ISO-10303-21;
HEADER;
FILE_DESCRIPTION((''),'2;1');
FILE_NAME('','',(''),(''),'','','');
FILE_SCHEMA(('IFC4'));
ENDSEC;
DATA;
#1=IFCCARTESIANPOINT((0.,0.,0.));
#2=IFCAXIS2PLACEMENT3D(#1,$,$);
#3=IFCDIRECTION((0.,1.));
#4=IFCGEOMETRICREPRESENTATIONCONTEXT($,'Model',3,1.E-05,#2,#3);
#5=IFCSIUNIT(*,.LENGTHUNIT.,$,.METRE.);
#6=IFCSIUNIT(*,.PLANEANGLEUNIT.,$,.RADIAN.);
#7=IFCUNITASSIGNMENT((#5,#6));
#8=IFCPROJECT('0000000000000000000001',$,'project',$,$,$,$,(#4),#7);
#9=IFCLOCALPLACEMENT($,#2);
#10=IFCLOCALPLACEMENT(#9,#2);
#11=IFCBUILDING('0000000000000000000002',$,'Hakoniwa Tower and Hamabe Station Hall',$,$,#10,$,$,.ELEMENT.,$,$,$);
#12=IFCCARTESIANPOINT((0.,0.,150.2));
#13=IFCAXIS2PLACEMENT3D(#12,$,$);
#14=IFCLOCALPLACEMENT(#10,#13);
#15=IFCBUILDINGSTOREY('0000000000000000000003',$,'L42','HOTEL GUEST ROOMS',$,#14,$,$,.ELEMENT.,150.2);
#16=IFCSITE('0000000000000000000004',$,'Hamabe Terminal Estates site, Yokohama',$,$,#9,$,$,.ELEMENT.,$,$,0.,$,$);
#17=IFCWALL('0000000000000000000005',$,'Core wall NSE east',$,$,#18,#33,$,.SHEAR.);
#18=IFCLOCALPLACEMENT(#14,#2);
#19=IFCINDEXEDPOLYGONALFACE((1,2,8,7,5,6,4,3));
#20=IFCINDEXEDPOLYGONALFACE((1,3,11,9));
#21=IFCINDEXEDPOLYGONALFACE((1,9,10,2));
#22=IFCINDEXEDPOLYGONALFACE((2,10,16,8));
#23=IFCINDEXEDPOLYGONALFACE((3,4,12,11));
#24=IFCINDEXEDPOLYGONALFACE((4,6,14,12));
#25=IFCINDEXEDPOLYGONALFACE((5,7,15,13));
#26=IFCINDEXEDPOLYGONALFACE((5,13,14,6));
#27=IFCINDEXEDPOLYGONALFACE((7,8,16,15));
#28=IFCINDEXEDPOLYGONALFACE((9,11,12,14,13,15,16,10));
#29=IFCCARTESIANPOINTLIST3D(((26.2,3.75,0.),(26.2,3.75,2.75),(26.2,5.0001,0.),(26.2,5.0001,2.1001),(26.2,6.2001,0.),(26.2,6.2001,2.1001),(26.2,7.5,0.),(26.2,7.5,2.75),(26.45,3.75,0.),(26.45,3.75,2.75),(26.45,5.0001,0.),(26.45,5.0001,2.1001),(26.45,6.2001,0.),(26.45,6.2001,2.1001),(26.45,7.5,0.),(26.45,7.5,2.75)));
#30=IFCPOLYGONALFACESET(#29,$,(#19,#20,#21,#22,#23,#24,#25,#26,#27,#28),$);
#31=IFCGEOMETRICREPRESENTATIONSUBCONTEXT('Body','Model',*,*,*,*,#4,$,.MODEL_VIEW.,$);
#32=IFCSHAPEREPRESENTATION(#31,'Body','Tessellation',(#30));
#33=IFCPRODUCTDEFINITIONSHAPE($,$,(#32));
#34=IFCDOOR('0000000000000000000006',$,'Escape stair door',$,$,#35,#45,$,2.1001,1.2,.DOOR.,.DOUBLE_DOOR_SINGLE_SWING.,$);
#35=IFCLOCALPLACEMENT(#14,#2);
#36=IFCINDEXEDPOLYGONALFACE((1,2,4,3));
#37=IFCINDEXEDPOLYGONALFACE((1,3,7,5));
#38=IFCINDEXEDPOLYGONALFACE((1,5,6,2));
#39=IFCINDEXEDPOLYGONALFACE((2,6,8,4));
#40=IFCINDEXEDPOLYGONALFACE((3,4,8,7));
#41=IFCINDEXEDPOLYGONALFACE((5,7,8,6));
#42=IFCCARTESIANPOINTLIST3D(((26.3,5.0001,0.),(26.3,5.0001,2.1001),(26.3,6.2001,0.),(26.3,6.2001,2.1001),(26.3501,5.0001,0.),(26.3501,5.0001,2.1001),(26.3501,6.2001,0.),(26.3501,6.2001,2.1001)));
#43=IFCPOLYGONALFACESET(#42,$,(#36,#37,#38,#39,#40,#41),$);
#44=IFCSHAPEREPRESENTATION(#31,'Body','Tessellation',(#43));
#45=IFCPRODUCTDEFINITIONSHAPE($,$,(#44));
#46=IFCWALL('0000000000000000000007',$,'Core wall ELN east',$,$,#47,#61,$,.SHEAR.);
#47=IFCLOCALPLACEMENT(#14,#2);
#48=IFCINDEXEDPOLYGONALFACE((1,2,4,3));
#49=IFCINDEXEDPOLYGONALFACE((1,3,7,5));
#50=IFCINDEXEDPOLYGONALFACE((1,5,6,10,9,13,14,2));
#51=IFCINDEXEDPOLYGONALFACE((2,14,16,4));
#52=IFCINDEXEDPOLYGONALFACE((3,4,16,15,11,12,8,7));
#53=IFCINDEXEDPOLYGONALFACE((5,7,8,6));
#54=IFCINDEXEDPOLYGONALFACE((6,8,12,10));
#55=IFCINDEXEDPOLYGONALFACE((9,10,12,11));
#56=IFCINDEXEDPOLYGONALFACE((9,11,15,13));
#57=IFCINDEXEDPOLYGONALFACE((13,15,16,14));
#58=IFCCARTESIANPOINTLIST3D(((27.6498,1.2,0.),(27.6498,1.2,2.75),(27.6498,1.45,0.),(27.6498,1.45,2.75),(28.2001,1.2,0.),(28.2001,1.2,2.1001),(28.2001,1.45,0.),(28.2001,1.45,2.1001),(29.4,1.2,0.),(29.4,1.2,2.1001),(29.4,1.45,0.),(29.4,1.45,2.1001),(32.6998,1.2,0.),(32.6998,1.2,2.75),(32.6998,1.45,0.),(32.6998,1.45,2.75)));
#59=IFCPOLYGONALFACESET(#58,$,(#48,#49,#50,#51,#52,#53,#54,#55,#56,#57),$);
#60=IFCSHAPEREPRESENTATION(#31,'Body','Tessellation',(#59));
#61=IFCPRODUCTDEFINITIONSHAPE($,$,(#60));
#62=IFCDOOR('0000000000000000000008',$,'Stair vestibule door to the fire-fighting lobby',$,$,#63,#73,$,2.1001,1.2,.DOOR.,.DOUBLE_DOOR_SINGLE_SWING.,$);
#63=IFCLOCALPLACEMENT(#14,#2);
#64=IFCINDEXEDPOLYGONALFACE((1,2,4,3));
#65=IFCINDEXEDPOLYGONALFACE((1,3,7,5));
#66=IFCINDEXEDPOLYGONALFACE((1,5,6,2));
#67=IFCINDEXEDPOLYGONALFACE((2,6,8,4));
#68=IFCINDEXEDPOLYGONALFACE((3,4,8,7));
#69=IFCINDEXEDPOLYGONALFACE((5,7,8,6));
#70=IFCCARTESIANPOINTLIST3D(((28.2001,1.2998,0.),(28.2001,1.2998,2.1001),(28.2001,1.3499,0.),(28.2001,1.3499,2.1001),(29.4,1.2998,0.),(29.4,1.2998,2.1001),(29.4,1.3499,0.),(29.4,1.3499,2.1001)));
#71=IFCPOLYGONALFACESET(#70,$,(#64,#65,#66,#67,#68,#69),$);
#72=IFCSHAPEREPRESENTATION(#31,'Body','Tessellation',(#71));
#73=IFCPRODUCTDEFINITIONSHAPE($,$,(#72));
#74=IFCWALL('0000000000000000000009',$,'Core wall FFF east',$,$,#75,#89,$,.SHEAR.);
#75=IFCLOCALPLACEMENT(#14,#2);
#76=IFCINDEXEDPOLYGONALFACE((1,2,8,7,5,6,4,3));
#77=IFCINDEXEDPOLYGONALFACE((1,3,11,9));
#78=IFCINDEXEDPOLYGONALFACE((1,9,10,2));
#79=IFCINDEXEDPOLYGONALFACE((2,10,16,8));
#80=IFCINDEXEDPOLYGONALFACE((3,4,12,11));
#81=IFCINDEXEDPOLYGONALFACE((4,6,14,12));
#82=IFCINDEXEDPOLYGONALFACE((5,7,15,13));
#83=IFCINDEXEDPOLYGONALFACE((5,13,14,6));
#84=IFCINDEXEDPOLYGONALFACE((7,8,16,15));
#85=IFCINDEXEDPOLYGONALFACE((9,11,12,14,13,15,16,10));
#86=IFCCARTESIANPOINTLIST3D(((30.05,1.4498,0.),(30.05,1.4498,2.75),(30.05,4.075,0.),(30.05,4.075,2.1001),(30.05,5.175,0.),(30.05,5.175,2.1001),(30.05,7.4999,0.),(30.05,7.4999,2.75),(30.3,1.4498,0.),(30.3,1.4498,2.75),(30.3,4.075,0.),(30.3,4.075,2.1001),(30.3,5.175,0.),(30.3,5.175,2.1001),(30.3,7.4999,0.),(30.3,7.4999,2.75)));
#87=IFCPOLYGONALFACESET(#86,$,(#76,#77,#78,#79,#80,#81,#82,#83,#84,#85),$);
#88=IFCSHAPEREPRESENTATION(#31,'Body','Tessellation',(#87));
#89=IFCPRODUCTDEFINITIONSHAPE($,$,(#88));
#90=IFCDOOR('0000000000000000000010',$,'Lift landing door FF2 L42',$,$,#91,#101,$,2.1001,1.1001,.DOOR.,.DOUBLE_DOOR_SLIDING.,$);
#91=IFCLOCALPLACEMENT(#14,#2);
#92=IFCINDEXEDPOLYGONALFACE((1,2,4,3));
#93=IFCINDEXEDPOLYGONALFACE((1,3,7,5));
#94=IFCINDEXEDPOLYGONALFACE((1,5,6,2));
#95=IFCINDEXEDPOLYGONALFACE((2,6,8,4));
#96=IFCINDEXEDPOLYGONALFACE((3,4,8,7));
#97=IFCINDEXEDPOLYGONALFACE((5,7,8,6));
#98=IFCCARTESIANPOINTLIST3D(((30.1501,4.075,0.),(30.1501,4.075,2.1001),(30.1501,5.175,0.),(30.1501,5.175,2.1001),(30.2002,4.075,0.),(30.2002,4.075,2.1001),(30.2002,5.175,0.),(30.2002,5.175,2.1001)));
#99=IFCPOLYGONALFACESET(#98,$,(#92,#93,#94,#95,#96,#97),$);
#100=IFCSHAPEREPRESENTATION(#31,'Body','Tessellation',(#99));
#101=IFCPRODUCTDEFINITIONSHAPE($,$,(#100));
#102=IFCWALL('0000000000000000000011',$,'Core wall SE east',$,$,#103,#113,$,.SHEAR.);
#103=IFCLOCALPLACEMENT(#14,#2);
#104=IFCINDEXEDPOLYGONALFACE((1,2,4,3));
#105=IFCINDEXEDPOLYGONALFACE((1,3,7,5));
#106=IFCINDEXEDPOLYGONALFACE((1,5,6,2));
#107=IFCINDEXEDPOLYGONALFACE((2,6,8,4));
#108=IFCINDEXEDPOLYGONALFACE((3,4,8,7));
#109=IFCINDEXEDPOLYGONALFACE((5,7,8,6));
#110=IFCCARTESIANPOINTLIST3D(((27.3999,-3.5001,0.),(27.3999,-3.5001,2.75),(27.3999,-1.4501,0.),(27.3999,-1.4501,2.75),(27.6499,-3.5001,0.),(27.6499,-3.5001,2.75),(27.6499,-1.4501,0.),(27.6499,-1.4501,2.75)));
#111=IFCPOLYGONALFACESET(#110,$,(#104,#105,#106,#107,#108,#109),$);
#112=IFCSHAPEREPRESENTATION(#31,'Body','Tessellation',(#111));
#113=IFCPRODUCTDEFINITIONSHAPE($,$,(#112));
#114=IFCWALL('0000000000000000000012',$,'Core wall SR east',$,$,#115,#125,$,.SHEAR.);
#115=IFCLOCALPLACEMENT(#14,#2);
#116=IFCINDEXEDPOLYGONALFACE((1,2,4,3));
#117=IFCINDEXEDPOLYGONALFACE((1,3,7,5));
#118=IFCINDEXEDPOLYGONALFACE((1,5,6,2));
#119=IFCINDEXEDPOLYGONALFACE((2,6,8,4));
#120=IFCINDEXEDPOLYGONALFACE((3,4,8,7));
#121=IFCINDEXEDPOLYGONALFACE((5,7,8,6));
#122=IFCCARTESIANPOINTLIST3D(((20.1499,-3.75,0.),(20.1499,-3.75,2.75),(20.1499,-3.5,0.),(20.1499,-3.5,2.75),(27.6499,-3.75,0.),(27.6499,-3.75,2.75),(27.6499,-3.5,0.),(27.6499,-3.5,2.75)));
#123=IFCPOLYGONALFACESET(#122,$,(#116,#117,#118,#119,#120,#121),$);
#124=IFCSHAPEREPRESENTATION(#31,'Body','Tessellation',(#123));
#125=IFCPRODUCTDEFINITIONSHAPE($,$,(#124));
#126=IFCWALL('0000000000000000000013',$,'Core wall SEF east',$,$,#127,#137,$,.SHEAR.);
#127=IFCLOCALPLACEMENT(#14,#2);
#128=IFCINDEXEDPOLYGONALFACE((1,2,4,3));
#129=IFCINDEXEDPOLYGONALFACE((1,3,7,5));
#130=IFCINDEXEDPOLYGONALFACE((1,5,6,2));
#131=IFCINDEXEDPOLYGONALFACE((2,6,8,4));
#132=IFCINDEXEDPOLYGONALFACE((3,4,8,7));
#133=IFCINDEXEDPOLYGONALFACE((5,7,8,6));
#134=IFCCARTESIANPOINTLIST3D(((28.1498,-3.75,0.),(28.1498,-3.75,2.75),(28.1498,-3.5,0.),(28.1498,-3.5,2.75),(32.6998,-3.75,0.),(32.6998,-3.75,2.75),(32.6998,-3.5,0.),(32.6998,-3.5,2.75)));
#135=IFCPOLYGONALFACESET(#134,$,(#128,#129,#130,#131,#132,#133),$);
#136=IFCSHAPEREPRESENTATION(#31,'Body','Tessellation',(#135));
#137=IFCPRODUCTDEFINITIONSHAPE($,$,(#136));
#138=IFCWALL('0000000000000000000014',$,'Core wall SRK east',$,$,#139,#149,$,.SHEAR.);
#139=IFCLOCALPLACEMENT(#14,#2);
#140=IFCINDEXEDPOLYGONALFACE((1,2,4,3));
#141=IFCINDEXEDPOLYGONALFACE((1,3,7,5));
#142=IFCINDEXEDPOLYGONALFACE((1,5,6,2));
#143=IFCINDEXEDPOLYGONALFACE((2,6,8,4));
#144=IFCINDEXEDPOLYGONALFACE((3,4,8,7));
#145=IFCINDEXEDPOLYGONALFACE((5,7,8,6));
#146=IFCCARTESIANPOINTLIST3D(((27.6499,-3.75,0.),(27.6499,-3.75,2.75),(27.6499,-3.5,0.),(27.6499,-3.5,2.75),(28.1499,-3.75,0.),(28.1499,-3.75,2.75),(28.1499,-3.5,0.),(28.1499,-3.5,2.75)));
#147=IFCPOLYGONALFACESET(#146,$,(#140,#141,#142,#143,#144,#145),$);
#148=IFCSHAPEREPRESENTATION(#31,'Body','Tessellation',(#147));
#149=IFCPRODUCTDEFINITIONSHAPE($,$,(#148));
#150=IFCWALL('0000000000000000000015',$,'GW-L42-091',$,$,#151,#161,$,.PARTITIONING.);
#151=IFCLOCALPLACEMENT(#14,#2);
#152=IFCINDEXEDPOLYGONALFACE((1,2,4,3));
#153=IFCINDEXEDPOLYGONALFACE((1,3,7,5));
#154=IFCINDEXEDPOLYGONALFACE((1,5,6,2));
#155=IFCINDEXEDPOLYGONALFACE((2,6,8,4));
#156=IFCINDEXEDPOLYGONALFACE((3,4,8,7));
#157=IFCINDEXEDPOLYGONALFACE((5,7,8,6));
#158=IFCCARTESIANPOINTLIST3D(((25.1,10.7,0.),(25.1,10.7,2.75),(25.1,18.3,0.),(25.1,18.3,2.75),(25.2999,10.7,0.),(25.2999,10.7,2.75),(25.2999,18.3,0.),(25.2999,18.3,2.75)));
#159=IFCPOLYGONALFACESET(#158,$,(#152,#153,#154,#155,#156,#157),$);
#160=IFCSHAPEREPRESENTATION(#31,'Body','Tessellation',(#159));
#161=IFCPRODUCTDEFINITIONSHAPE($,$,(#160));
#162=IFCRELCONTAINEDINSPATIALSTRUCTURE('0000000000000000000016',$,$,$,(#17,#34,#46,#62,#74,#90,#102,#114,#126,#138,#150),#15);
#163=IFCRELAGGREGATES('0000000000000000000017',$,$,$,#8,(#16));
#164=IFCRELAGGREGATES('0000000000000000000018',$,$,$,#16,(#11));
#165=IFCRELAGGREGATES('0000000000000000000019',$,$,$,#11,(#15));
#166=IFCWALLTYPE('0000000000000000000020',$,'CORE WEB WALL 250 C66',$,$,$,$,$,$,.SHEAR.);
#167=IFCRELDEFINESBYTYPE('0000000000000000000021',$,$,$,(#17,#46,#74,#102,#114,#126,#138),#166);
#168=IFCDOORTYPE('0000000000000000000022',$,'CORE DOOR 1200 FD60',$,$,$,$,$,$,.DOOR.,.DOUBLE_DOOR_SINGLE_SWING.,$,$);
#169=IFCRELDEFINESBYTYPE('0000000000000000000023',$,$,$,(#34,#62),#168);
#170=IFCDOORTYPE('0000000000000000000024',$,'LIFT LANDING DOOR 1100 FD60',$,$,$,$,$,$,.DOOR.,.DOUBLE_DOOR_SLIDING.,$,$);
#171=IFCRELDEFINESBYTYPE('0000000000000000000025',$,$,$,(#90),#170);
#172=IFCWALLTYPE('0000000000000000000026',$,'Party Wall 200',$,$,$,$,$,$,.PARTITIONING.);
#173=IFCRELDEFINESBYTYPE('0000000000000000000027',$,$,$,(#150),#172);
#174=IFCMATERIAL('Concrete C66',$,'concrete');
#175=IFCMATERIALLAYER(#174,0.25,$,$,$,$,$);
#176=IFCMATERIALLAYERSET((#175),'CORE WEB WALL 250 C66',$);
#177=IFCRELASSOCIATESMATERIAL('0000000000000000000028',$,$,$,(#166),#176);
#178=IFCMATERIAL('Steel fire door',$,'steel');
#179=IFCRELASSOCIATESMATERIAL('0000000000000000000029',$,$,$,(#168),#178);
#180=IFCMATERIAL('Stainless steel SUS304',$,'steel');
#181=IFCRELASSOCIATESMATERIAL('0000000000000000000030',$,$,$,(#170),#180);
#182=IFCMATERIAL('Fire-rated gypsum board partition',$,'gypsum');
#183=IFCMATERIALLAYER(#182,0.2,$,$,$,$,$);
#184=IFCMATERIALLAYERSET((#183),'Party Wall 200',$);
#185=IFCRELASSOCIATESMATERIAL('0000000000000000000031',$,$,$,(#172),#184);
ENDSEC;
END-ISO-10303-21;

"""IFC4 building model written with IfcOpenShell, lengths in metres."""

from ifc_helpers import new_model, si_unit, direction, frame, frame_2d, origin, place, context, subcontext, project, spatial, rectangle, extrude, material, layer, layer_set, type_object, element, fill, save


model = new_model("IFC4")

# Units and contexts
model_context = context("Model", 3, precision=1e-05, world=origin(), true_north=direction((0.0, 1.0)))
body_context = subcontext(model_context, "Body", "Model", "MODEL_VIEW")
ifc_project = project(units=[si_unit("LENGTHUNIT", "METRE"), si_unit("PLANEANGLEUNIT", "RADIAN")], contexts=[model_context])

# Site, building, storey
site_placement = place(None, origin())
site = spatial("IfcSite", under=ifc_project, at=site_placement, Name="Hamabe Terminal Estates site, Yokohama", CompositionType="ELEMENT", RefElevation=0.0)
building_placement = place(site_placement, origin())
building = spatial("IfcBuilding", under=site, at=building_placement, Name="Hakoniwa Tower and Hamabe Station Hall", CompositionType="ELEMENT")
storey_placement = place(building_placement, frame((0.0, 0.0, 150.2)))
storey = spatial("IfcBuildingStorey", under=building, at=storey_placement, Name="L42", Description="HOTEL GUEST ROOMS", CompositionType="ELEMENT", Elevation=150.2)

# Shared definitions
ifc_material_1 = material(Name="Concrete C66", Category="concrete")
ifc_layer_1 = layer(ifc_material_1, 0.25)
ifc_layer_set_1 = layer_set([ifc_layer_1], Name="CORE WEB WALL 250 C66")
wall_type_1 = type_object("IfcWallType", Name="CORE WEB WALL 250 C66", PredefinedType="SHEAR", material=ifc_layer_set_1)

# Walls, openings, doors
wall_1_placement = place(storey_placement, frame((26.325, 3.75, 0.0), z_axis=(0.0, 0.0, 1.0), x_axis=(0.0, 1.0, 0.0)))
wall_1 = element("IfcWall", 1, at=wall_1_placement, inside=storey, type_object=wall_type_1, Name="Core wall NSE east", PredefinedType="SHEAR", context=body_context, shape_type="SweptSolid", body=[
    extrude(rectangle(XDim=3.75, YDim=0.25, at=frame_2d((1.875, 0.0))), origin(), (0.0, 0.0, 1.0), 2.75),
])
opening_1_placement = place(wall_1_placement, frame((1.25, 0.0, 0.0)))
opening_1 = element("IfcOpeningElement", 2, at=opening_1_placement, cuts=wall_1, PredefinedType="OPENING", context=body_context, shape_type="SweptSolid", body=[
    extrude(rectangle(XDim=1.2, YDim=2.1001, at=frame_2d((0.6001, 1.05))), frame((0.0, 0.135, 0.0), z_axis=(0.0, -1.0, 0.0), x_axis=(1.0, 0.0, 0.0)), (0.0, 0.0, 1.0), 0.27),
])
ifc_material_2 = material(Name="Steel fire door", Category="steel")
door_type_1 = type_object("IfcDoorType", Name="CORE DOOR 1200 FD60", OperationType="DOUBLE_DOOR_SINGLE_SWING", PredefinedType="DOOR", material=ifc_material_2)
door_1_placement = place(opening_1_placement, origin())
door_1 = element("IfcDoor", 3, at=door_1_placement, inside=storey, type_object=door_type_1, Name="Escape stair door", OperationType="DOUBLE_DOOR_SINGLE_SWING", OverallHeight=2.1001, OverallWidth=1.2, PredefinedType="DOOR", context=body_context, shape_type="SweptSolid", body=[
    extrude(rectangle(XDim=1.2, YDim=2.1001, at=frame_2d((0.6001, 1.05))), frame((0.0, 0.0249, 0.0), z_axis=(0.0, -1.0, 0.0), x_axis=(1.0, 0.0, 0.0)), (0.0, 0.0, 1.0), 0.05),
])
fill(opening_1, door_1)
wall_2_placement = place(storey_placement, frame((27.6499, 1.325, 0.0), z_axis=(0.0, 0.0, 1.0), x_axis=(1.0, 0.0, 0.0)))
wall_2 = element("IfcWall", 4, at=wall_2_placement, inside=storey, type_object=wall_type_1, Name="Core wall ELN east", PredefinedType="SHEAR", context=body_context, shape_type="SweptSolid", body=[
    extrude(rectangle(XDim=5.05, YDim=0.25, at=frame_2d((2.5249, 0.0))), origin(), (0.0, 0.0, 1.0), 2.75),
])
opening_2_placement = place(wall_2_placement, frame((0.55, 0.0, 0.0)))
opening_2 = element("IfcOpeningElement", 5, at=opening_2_placement, cuts=wall_2, PredefinedType="OPENING", context=body_context, shape_type="SweptSolid", body=[
    extrude(rectangle(XDim=1.2, YDim=2.1001, at=frame_2d((0.6001, 1.05))), frame((0.0, 0.135, 0.0), z_axis=(0.0, -1.0, 0.0), x_axis=(1.0, 0.0, 0.0)), (0.0, 0.0, 1.0), 0.27),
])
door_2_placement = place(opening_2_placement, origin())
door_2 = element("IfcDoor", 6, at=door_2_placement, inside=storey, type_object=door_type_1, Name="Stair vestibule door to the fire-fighting lobby", OperationType="DOUBLE_DOOR_SINGLE_SWING", OverallHeight=2.1001, OverallWidth=1.2, PredefinedType="DOOR", context=body_context, shape_type="SweptSolid", body=[
    extrude(rectangle(XDim=1.2, YDim=2.1001, at=frame_2d((0.6001, 1.05))), frame((0.0, 0.0249, 0.0), z_axis=(0.0, -1.0, 0.0), x_axis=(1.0, 0.0, 0.0)), (0.0, 0.0, 1.0), 0.05),
])
fill(opening_2, door_2)
wall_3_placement = place(storey_placement, frame((30.175, 1.45, 0.0), z_axis=(0.0, 0.0, 1.0), x_axis=(0.0, 1.0, 0.0)))
wall_3 = element("IfcWall", 7, at=wall_3_placement, inside=storey, type_object=wall_type_1, Name="Core wall FFF east", PredefinedType="SHEAR", context=body_context, shape_type="SweptSolid", body=[
    extrude(rectangle(XDim=6.05, YDim=0.25, at=frame_2d((3.0249, 0.0))), origin(), (0.0, 0.0, 1.0), 2.75),
])
opening_3_placement = place(wall_3_placement, frame((2.625, 0.0, 0.0)))
opening_3 = element("IfcOpeningElement", 8, at=opening_3_placement, cuts=wall_3, PredefinedType="OPENING", context=body_context, shape_type="SweptSolid", body=[
    extrude(rectangle(XDim=1.1001, YDim=2.1001, at=frame_2d((0.55, 1.05))), frame((0.0, 0.135, 0.0), z_axis=(0.0, -1.0, 0.0), x_axis=(1.0, 0.0, 0.0)), (0.0, 0.0, 1.0), 0.27),
])
ifc_material_3 = material(Name="Stainless steel SUS304", Category="steel")
door_type_2 = type_object("IfcDoorType", Name="LIFT LANDING DOOR 1100 FD60", OperationType="DOUBLE_DOOR_SLIDING", PredefinedType="DOOR", material=ifc_material_3)
door_3_placement = place(opening_3_placement, origin())
door_3 = element("IfcDoor", 9, at=door_3_placement, inside=storey, type_object=door_type_2, Name="Lift landing door FF2 L42", OperationType="DOUBLE_DOOR_SLIDING", OverallHeight=2.1001, OverallWidth=1.1001, PredefinedType="DOOR", context=body_context, shape_type="SweptSolid", body=[
    extrude(rectangle(XDim=1.1001, YDim=2.1001, at=frame_2d((0.55, 1.05))), frame((0.0, 0.0249, 0.0), z_axis=(0.0, -1.0, 0.0), x_axis=(1.0, 0.0, 0.0)), (0.0, 0.0, 1.0), 0.05),
])
fill(opening_3, door_3)

# Walls
wall_4_placement = place(storey_placement, frame((27.5249, -3.5, 0.0), z_axis=(0.0, 0.0, 1.0), x_axis=(0.0, 1.0, 0.0)))
element("IfcWall", 10, at=wall_4_placement, inside=storey, type_object=wall_type_1, Name="Core wall SE east", PredefinedType="SHEAR", context=body_context, shape_type="SweptSolid", body=[
    extrude(rectangle(XDim=2.05, YDim=0.25, at=frame_2d((1.0249, 0.0))), origin(), (0.0, 0.0, 1.0), 2.75),
])
wall_5_placement = place(storey_placement, frame((20.1499, -3.625, 0.0), z_axis=(0.0, 0.0, 1.0), x_axis=(1.0, 0.0, 0.0)))
element("IfcWall", 11, at=wall_5_placement, inside=storey, type_object=wall_type_1, Name="Core wall SR east", PredefinedType="SHEAR", context=body_context, shape_type="SweptSolid", body=[
    extrude(rectangle(XDim=7.5, YDim=0.25, at=frame_2d((3.75, 0.0))), origin(), (0.0, 0.0, 1.0), 2.75),
])
wall_6_placement = place(storey_placement, frame((28.1499, -3.625, 0.0), z_axis=(0.0, 0.0, 1.0), x_axis=(1.0, 0.0, 0.0)))
element("IfcWall", 12, at=wall_6_placement, inside=storey, type_object=wall_type_1, Name="Core wall SEF east", PredefinedType="SHEAR", context=body_context, shape_type="SweptSolid", body=[
    extrude(rectangle(XDim=4.55, YDim=0.25, at=frame_2d((2.2749, 0.0))), origin(), (0.0, 0.0, 1.0), 2.75),
])
wall_7_placement = place(storey_placement, frame((27.6499, -3.625, 0.0), z_axis=(0.0, 0.0, 1.0), x_axis=(1.0, 0.0, 0.0)))
element("IfcWall", 13, at=wall_7_placement, inside=storey, type_object=wall_type_1, Name="Core wall SRK east", PredefinedType="SHEAR", context=body_context, shape_type="SweptSolid", body=[
    extrude(rectangle(XDim=0.5, YDim=0.25, at=frame_2d((0.25, 0.0))), origin(), (0.0, 0.0, 1.0), 2.75),
])
ifc_material_4 = material(Name="Fire-rated gypsum board partition", Category="gypsum")
ifc_layer_2 = layer(ifc_material_4, 0.2)
ifc_layer_set_2 = layer_set([ifc_layer_2], Name="Party Wall 200")
wall_type_2 = type_object("IfcWallType", Name="Party Wall 200", PredefinedType="PARTITIONING", material=ifc_layer_set_2)
wall_8_placement = place(storey_placement, frame((25.2, 10.7, 0.0), z_axis=(0.0, 0.0, 1.0), x_axis=(0.0, 1.0, 0.0)))
element("IfcWall", 14, at=wall_8_placement, inside=storey, type_object=wall_type_2, Name="GW-L42-091", PredefinedType="PARTITIONING", context=body_context, shape_type="SweptSolid", body=[
    extrude(rectangle(XDim=7.6001, YDim=0.2, at=frame_2d((3.8, 0.0))), origin(), (0.0, 0.0, 1.0), 2.75),
])

save(model, "model.ifc")
